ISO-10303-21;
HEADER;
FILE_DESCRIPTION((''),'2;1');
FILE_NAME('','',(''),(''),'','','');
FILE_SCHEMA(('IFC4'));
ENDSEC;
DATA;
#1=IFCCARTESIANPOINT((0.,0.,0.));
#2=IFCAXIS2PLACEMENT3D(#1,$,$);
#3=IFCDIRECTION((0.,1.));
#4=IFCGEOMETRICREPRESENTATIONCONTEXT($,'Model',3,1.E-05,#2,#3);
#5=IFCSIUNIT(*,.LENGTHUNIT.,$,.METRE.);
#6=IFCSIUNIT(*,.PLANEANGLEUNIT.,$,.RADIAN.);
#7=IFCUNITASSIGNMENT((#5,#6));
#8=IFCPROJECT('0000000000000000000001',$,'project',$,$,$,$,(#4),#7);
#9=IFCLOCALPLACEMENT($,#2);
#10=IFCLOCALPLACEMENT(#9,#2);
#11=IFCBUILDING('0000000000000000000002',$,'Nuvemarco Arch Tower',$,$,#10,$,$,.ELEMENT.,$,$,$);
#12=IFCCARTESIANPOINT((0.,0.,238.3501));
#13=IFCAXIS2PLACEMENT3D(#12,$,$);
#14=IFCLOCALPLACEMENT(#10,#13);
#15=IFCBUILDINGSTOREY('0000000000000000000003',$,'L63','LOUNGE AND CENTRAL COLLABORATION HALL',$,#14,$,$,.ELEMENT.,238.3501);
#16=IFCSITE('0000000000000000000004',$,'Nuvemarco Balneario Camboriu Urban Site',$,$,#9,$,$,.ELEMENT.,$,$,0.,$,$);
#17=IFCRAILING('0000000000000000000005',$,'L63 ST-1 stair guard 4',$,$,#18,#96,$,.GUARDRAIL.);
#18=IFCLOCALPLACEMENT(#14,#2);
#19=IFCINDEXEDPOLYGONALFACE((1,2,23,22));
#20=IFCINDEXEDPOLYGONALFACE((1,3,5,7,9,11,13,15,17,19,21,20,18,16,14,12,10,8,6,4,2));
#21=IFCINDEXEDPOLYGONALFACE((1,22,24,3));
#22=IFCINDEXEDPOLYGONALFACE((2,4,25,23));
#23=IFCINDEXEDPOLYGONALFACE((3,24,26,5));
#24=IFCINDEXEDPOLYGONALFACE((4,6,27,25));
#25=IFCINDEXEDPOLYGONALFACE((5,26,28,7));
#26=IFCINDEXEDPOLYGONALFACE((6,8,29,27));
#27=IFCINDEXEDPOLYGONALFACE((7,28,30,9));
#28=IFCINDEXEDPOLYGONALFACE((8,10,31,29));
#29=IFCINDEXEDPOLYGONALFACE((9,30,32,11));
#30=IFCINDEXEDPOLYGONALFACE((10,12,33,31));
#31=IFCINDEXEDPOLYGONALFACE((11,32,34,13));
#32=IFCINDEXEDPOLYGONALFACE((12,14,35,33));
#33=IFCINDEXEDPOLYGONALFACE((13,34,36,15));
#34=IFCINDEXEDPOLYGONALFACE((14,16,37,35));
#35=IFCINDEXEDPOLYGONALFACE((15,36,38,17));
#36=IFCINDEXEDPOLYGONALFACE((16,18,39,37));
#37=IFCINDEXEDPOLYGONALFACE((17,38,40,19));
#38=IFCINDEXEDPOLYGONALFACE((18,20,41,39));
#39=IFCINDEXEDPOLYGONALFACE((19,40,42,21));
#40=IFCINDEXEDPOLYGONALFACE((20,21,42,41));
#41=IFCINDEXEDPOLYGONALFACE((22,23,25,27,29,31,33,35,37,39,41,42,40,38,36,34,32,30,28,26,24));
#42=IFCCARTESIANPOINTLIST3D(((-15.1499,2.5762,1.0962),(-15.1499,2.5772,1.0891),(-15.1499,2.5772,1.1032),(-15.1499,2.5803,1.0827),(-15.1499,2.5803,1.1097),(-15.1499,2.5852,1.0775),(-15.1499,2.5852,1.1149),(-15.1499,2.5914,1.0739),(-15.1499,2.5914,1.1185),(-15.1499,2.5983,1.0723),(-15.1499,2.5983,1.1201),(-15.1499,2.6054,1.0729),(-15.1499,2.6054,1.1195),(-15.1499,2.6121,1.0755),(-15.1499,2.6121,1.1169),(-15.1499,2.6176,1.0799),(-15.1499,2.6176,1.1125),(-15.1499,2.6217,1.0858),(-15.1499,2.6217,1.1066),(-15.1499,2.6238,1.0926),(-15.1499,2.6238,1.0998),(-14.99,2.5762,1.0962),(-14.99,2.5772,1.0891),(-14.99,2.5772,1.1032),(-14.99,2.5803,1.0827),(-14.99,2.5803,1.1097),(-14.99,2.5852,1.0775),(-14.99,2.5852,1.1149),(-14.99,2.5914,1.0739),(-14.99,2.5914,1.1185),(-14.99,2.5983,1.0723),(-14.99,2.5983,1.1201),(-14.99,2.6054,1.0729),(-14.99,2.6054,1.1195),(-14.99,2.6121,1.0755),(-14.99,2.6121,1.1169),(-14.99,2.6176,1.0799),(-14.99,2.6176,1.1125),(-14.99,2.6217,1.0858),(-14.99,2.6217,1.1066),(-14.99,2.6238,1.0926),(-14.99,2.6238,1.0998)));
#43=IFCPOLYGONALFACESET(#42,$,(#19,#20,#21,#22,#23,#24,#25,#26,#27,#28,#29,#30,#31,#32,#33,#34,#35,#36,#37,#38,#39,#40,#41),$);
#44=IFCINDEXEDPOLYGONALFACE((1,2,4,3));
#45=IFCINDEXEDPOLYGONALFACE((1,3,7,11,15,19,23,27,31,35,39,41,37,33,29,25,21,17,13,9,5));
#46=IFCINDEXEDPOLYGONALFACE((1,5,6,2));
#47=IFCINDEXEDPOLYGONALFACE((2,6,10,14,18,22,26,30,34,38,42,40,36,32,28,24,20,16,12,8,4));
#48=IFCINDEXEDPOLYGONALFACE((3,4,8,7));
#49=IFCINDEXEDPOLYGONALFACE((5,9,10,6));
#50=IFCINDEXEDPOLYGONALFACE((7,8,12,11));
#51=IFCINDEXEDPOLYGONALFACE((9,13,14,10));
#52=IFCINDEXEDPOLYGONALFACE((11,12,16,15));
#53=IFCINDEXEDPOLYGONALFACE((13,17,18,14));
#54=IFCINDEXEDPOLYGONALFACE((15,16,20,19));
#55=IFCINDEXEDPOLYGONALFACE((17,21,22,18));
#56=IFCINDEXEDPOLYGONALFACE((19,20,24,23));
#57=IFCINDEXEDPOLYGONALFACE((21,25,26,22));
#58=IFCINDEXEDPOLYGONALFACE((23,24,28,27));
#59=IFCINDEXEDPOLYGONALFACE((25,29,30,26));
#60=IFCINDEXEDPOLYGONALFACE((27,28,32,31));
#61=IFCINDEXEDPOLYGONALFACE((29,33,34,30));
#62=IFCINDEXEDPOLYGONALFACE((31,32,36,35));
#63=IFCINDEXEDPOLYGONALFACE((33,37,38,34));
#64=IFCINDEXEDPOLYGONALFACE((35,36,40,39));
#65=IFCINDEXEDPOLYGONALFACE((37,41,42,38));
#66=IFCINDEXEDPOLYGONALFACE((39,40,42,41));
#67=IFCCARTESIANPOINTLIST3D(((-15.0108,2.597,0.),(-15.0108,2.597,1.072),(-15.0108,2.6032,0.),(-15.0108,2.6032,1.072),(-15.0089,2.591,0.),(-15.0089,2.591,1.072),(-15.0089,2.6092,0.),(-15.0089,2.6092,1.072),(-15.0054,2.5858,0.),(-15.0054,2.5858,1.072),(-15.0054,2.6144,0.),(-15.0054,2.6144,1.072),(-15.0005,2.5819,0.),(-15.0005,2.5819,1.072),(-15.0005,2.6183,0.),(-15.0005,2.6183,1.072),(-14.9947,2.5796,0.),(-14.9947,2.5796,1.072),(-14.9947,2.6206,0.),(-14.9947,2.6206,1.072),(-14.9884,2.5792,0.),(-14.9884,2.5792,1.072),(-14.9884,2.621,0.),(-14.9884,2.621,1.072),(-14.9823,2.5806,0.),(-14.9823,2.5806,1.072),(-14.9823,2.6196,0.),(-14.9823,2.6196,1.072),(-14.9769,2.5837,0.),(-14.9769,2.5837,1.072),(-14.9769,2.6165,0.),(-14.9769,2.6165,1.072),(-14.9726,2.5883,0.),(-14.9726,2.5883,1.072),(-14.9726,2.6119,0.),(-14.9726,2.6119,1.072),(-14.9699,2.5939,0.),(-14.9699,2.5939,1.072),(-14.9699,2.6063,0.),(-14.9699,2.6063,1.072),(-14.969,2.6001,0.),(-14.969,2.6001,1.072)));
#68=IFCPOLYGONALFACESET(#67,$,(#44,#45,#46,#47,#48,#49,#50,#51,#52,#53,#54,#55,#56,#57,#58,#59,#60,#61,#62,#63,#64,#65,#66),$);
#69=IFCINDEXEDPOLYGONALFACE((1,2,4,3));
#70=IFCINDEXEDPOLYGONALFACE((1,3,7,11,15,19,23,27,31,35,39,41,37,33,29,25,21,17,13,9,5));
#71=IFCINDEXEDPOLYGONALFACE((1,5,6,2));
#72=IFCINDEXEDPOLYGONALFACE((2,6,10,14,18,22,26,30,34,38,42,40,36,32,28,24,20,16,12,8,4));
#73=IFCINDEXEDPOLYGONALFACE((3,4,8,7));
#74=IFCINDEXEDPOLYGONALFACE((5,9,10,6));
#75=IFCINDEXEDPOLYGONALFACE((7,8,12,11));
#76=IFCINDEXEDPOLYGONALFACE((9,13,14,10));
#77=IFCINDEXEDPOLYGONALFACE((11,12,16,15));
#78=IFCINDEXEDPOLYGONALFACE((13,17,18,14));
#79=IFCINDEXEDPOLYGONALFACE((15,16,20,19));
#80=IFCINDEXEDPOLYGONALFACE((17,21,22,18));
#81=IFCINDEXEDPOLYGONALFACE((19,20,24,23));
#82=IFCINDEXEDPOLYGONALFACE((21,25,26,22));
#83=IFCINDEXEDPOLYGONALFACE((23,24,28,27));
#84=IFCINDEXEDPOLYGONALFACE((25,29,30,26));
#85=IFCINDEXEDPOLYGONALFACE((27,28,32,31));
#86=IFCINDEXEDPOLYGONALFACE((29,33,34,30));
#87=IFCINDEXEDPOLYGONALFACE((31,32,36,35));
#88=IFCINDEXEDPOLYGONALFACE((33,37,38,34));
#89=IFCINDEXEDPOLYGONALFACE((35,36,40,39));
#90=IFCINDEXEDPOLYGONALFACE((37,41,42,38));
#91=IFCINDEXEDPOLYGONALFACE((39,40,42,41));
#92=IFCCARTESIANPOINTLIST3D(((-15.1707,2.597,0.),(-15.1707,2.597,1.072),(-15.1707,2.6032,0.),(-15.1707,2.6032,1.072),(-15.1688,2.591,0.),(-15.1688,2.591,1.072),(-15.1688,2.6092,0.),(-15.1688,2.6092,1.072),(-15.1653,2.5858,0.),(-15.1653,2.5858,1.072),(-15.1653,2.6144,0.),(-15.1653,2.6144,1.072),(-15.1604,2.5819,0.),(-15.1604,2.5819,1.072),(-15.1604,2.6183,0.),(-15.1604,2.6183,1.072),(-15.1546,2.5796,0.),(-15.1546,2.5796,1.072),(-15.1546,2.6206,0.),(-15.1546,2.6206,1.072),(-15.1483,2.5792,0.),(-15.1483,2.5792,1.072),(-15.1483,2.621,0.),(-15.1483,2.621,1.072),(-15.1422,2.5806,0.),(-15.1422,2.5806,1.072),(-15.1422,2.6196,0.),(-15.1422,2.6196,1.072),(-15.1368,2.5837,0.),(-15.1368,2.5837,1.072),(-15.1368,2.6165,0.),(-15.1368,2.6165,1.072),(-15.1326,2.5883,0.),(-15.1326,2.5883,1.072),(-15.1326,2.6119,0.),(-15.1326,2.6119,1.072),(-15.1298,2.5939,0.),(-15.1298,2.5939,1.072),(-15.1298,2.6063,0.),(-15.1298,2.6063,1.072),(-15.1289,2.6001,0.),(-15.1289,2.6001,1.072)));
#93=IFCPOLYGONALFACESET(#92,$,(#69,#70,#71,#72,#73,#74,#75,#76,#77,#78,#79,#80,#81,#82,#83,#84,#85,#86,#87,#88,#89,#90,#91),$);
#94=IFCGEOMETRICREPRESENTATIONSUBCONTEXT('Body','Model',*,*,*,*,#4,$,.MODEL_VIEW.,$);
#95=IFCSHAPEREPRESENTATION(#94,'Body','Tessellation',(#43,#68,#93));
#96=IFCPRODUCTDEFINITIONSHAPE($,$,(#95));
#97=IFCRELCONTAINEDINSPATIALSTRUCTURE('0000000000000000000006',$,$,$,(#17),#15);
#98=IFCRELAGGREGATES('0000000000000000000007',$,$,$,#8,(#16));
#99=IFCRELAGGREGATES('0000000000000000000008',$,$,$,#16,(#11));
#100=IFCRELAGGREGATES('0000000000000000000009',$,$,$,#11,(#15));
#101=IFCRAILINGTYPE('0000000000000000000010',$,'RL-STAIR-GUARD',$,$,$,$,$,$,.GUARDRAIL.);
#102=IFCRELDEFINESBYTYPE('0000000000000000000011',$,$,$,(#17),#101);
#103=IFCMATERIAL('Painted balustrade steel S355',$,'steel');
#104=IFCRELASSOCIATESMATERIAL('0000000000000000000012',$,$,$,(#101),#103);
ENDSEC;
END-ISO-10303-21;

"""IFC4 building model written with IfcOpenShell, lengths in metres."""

from ifc_helpers import new_model, si_unit, direction, frame, origin, origin_2d, place, context, subcontext, project, spatial, circle, extrude, material, type_object, element, save


model = new_model("IFC4")

# Units and contexts
model_context = context("Model", 3, precision=1e-05, world=origin(), true_north=direction((0.0, 1.0)))
body_context = subcontext(model_context, "Body", "Model", "MODEL_VIEW")
ifc_project = project(units=[si_unit("LENGTHUNIT", "METRE"), si_unit("PLANEANGLEUNIT", "RADIAN")], contexts=[model_context])

# Site, building, storey
site_placement = place(None, origin())
site = spatial("IfcSite", under=ifc_project, at=site_placement, Name="Nuvemarco Balneario Camboriu Urban Site", CompositionType="ELEMENT", RefElevation=0.0)
building_placement = place(site_placement, origin())
building = spatial("IfcBuilding", under=site, at=building_placement, Name="Nuvemarco Arch Tower", CompositionType="ELEMENT")
storey_placement = place(building_placement, frame((0.0, 0.0, 238.3501)))
storey = spatial("IfcBuildingStorey", under=building, at=storey_placement, Name="L63", Description="LOUNGE AND CENTRAL COLLABORATION HALL", CompositionType="ELEMENT", Elevation=238.3501)

# Railing
ifc_material_1 = material(Name="Painted balustrade steel S355", Category="steel")
railing_type_1 = type_object("IfcRailingType", Name="RL-STAIR-GUARD", PredefinedType="GUARDRAIL", material=ifc_material_1)
railing_1_placement = place(storey_placement, frame((-14.99, 2.6001, 0.0)))
element("IfcRailing", 1, at=railing_1_placement, inside=storey, type_object=railing_type_1, Name="L63 ST-1 stair guard 4", PredefinedType="GUARDRAIL", context=body_context, shape_type="SweptSolid", body=[
    extrude(circle(Radius=0.0239, at=origin_2d()), frame((0.0, 0.0, 1.0962), z_axis=(-1.0, 0.0, 0.0), x_axis=(0.0, -1.0, 0.0)), (0.0, 0.0, 1.0), 0.1599),
    extrude(circle(Radius=0.021, at=origin_2d()), origin(), (0.0, 0.0, 1.0), 1.072),
    extrude(circle(Radius=0.021, at=origin_2d()), frame((-0.1599, 0.0, 0.0)), (0.0, 0.0, 1.0), 1.072),
])

save(model, "model.ifc")
